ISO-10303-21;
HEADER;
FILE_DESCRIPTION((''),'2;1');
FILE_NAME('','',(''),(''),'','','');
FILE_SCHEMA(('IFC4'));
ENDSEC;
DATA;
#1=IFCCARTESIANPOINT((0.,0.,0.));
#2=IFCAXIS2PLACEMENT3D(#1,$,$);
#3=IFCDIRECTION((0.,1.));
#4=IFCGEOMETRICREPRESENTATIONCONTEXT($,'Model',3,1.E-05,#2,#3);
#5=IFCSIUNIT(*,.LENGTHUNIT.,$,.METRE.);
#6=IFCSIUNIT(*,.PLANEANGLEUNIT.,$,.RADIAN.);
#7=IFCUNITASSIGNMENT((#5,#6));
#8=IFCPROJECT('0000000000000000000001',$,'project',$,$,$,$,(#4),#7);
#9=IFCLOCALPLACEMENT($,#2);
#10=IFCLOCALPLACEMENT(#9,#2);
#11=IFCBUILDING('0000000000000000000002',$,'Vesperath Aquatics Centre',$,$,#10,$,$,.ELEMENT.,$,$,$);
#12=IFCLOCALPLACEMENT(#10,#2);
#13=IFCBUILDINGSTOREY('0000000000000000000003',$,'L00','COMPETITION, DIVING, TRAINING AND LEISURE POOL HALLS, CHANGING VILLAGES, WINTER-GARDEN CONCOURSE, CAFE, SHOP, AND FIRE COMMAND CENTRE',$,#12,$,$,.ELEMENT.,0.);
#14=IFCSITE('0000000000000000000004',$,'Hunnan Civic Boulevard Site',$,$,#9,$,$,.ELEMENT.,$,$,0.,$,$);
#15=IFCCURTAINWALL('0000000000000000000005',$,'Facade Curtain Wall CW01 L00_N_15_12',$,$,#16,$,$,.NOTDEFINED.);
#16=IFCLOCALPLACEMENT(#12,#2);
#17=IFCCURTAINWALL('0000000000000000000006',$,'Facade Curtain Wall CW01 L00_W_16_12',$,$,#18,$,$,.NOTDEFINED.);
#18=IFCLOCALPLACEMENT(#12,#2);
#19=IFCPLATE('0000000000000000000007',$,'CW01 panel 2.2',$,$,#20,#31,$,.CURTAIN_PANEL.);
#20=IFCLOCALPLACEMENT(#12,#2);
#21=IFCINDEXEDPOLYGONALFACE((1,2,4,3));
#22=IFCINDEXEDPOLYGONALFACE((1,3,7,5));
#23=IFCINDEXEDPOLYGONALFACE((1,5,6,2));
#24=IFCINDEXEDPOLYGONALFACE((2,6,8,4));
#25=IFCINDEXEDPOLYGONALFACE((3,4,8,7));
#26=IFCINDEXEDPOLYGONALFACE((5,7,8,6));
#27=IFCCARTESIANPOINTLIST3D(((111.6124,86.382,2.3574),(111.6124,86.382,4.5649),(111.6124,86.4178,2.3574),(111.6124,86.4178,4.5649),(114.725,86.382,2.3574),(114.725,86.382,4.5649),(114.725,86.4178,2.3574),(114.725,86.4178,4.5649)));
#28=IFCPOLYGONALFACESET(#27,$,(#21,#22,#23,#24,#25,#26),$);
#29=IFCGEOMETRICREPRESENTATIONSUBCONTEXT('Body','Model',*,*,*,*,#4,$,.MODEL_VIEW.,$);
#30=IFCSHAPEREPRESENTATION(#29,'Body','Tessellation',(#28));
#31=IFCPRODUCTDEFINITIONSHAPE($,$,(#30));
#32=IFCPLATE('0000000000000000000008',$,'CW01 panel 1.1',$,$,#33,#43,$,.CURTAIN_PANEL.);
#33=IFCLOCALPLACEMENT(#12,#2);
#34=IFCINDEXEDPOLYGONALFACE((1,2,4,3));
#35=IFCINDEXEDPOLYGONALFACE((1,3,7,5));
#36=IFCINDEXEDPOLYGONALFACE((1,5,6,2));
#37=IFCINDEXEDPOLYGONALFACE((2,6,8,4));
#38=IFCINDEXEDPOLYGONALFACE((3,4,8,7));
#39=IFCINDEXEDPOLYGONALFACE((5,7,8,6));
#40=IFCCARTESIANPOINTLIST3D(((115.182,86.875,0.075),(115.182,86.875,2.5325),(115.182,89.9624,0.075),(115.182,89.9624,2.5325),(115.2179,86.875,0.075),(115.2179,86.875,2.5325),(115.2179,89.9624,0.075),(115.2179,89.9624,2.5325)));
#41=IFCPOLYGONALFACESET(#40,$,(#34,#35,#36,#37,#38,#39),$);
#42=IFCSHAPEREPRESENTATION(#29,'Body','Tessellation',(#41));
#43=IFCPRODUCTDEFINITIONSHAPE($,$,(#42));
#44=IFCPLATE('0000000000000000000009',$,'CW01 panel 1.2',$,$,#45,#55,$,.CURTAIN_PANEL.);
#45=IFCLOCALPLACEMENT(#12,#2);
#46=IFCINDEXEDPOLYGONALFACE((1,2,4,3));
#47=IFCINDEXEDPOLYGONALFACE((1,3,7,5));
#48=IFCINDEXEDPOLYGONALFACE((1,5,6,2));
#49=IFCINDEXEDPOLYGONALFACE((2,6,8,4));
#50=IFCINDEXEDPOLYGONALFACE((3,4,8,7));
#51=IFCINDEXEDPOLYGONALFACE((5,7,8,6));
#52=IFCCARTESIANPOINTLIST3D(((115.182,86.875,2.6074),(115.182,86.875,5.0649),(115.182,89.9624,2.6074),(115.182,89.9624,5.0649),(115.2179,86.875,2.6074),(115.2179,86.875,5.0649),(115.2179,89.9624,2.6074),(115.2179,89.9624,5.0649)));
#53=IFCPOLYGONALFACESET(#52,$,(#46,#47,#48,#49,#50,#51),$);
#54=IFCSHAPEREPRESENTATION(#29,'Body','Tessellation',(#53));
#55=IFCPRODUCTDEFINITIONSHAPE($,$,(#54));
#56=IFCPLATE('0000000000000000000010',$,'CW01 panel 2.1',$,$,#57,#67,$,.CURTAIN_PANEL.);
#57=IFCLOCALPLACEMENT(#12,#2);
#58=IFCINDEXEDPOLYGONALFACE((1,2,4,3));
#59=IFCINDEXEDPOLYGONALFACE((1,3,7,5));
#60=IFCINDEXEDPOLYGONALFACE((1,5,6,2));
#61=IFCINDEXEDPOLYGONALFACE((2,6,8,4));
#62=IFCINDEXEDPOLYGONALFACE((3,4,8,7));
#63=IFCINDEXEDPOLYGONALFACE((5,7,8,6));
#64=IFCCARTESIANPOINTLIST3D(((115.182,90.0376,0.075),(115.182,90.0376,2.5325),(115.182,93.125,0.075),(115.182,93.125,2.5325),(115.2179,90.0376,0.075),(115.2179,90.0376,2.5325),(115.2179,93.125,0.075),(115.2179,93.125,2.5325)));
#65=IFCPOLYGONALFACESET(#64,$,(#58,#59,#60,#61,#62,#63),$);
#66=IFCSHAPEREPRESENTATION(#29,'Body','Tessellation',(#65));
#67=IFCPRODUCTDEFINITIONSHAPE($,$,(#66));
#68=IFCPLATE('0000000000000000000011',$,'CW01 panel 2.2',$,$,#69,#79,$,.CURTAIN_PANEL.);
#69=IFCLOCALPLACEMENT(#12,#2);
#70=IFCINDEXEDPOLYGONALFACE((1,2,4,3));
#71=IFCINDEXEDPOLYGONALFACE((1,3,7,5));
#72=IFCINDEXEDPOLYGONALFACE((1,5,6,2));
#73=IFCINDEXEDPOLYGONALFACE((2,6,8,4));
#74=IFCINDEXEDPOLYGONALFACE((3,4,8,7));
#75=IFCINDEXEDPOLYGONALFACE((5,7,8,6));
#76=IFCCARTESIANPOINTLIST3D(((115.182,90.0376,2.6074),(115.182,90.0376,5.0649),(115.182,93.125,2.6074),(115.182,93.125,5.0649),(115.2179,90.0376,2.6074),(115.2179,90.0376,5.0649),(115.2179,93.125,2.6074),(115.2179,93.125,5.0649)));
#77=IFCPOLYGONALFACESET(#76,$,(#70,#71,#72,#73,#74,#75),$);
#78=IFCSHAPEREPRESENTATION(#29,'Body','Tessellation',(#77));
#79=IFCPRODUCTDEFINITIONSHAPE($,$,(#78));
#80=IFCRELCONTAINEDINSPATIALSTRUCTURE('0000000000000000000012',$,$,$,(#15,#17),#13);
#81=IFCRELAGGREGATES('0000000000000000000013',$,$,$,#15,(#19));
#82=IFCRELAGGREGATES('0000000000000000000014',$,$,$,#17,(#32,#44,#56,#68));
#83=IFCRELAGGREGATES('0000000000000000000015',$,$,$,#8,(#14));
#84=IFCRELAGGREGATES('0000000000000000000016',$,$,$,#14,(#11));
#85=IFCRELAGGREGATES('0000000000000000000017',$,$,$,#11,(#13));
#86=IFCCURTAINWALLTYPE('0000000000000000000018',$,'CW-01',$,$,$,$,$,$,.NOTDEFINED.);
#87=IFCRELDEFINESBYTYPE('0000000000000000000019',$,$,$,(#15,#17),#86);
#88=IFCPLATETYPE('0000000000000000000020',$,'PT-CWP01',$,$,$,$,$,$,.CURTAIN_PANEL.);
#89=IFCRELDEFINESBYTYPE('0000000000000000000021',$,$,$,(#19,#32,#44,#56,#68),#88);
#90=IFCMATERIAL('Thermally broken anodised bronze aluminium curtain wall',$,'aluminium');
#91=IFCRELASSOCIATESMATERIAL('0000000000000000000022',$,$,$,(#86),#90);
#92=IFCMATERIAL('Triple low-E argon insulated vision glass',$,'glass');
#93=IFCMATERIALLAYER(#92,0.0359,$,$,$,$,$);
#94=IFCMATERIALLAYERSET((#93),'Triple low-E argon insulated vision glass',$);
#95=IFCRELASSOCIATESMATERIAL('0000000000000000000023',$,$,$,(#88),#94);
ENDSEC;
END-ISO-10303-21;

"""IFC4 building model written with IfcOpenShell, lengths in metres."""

from ifc_helpers import new_model, si_unit, direction, frame, origin, origin_2d, place, context, subcontext, project, spatial, rectangle, extrude, material, layer, layer_set, type_object, element, aggregate, save


model = new_model("IFC4")

# Units and contexts
model_context = context("Model", 3, precision=1e-05, world=origin(), true_north=direction((0.0, 1.0)))
body_context = subcontext(model_context, "Body", "Model", "MODEL_VIEW")
ifc_project = project(units=[si_unit("LENGTHUNIT", "METRE"), si_unit("PLANEANGLEUNIT", "RADIAN")], contexts=[model_context])

# Site, building, storey
site_placement = place(None, origin())
site = spatial("IfcSite", under=ifc_project, at=site_placement, Name="Hunnan Civic Boulevard Site", CompositionType="ELEMENT", RefElevation=0.0)
building_placement = place(site_placement, origin())
building = spatial("IfcBuilding", under=site, at=building_placement, Name="Vesperath Aquatics Centre", CompositionType="ELEMENT")
storey_placement = place(building_placement, origin())
storey = spatial("IfcBuildingStorey", under=building, at=storey_placement, Name="L00", Description="COMPETITION, DIVING, TRAINING AND LEISURE POOL HALLS, CHANGING VILLAGES, WINTER-GARDEN CONCOURSE, CAFE, SHOP, AND FIRE COMMAND CENTRE", CompositionType="ELEMENT", Elevation=0.0)

# Curtain walls
ifc_material_1 = material(Name="Thermally broken anodised bronze aluminium curtain wall", Category="aluminium")
curtain_wall_type = type_object("IfcCurtainWallType", Name="CW-01", PredefinedType="NOTDEFINED", material=ifc_material_1)
curtain_wall_1_placement = place(storey_placement, origin())
curtain_wall_1 = element("IfcCurtainWall", 1, at=curtain_wall_1_placement, inside=storey, type_object=curtain_wall_type, Name="Facade Curtain Wall CW01 L00_N_15_12", PredefinedType="NOTDEFINED")
curtain_wall_2_placement = place(storey_placement, origin())
curtain_wall_2 = element("IfcCurtainWall", 2, at=curtain_wall_2_placement, inside=storey, type_object=curtain_wall_type, Name="Facade Curtain Wall CW01 L00_W_16_12", PredefinedType="NOTDEFINED")

# Plates
ifc_material_2 = material(Name="Triple low-E argon insulated vision glass", Category="glass")
ifc_layer_1 = layer(ifc_material_2, 0.0359)
ifc_layer_set_1 = layer_set([ifc_layer_1], Name="Triple low-E argon insulated vision glass")
plate_type = type_object("IfcPlateType", Name="PT-CWP01", PredefinedType="CURTAIN_PANEL", material=ifc_layer_set_1)
plate_1_placement = place(storey_placement, frame((113.1687, 86.3999, 2.3574), z_axis=(0.0, 0.0, 1.0), x_axis=(1.0, 0.0, 0.0)))
plate_1 = element("IfcPlate", 3, at=plate_1_placement, type_object=plate_type, Name="CW01 panel 2.2", PredefinedType="CURTAIN_PANEL", context=body_context, shape_type="SweptSolid", body=[
    extrude(rectangle(XDim=3.1125, YDim=0.0359, at=origin_2d()), origin(), (0.0, 0.0, 1.0), 2.2075),
])
aggregate(curtain_wall_1, [plate_1])
plate_2_placement = place(storey_placement, frame((115.2, 88.4187, 0.075), z_axis=(0.0, 0.0, 1.0), x_axis=(0.0, 1.0, 0.0)))
plate_2 = element("IfcPlate", 4, at=plate_2_placement, type_object=plate_type, Name="CW01 panel 1.1", PredefinedType="CURTAIN_PANEL", context=body_context, shape_type="SweptSolid", body=[
    extrude(rectangle(XDim=3.0874, YDim=0.0359, at=origin_2d()), origin(), (0.0, 0.0, 1.0), 2.4575),
])
plate_3_placement = place(storey_placement, frame((115.2, 88.4187, 2.6074), z_axis=(0.0, 0.0, 1.0), x_axis=(0.0, 1.0, 0.0)))
plate_3 = element("IfcPlate", 5, at=plate_3_placement, type_object=plate_type, Name="CW01 panel 1.2", PredefinedType="CURTAIN_PANEL", context=body_context, shape_type="SweptSolid", body=[
    extrude(rectangle(XDim=3.0874, YDim=0.0359, at=origin_2d()), origin(), (0.0, 0.0, 1.0), 2.4575),
])
plate_4_placement = place(storey_placement, frame((115.2, 91.5813, 0.075), z_axis=(0.0, 0.0, 1.0), x_axis=(0.0, 1.0, 0.0)))
plate_4 = element("IfcPlate", 6, at=plate_4_placement, type_object=plate_type, Name="CW01 panel 2.1", PredefinedType="CURTAIN_PANEL", context=body_context, shape_type="SweptSolid", body=[
    extrude(rectangle(XDim=3.0874, YDim=0.0359, at=origin_2d()), origin(), (0.0, 0.0, 1.0), 2.4575),
])
plate_5_placement = place(storey_placement, frame((115.2, 91.5813, 2.6074), z_axis=(0.0, 0.0, 1.0), x_axis=(0.0, 1.0, 0.0)))
plate_5 = element("IfcPlate", 7, at=plate_5_placement, type_object=plate_type, Name="CW01 panel 2.2", PredefinedType="CURTAIN_PANEL", context=body_context, shape_type="SweptSolid", body=[
    extrude(rectangle(XDim=3.0874, YDim=0.0359, at=origin_2d()), origin(), (0.0, 0.0, 1.0), 2.4575),
])
aggregate(curtain_wall_2, [plate_2, plate_3, plate_4, plate_5])

save(model, "model.ifc")
